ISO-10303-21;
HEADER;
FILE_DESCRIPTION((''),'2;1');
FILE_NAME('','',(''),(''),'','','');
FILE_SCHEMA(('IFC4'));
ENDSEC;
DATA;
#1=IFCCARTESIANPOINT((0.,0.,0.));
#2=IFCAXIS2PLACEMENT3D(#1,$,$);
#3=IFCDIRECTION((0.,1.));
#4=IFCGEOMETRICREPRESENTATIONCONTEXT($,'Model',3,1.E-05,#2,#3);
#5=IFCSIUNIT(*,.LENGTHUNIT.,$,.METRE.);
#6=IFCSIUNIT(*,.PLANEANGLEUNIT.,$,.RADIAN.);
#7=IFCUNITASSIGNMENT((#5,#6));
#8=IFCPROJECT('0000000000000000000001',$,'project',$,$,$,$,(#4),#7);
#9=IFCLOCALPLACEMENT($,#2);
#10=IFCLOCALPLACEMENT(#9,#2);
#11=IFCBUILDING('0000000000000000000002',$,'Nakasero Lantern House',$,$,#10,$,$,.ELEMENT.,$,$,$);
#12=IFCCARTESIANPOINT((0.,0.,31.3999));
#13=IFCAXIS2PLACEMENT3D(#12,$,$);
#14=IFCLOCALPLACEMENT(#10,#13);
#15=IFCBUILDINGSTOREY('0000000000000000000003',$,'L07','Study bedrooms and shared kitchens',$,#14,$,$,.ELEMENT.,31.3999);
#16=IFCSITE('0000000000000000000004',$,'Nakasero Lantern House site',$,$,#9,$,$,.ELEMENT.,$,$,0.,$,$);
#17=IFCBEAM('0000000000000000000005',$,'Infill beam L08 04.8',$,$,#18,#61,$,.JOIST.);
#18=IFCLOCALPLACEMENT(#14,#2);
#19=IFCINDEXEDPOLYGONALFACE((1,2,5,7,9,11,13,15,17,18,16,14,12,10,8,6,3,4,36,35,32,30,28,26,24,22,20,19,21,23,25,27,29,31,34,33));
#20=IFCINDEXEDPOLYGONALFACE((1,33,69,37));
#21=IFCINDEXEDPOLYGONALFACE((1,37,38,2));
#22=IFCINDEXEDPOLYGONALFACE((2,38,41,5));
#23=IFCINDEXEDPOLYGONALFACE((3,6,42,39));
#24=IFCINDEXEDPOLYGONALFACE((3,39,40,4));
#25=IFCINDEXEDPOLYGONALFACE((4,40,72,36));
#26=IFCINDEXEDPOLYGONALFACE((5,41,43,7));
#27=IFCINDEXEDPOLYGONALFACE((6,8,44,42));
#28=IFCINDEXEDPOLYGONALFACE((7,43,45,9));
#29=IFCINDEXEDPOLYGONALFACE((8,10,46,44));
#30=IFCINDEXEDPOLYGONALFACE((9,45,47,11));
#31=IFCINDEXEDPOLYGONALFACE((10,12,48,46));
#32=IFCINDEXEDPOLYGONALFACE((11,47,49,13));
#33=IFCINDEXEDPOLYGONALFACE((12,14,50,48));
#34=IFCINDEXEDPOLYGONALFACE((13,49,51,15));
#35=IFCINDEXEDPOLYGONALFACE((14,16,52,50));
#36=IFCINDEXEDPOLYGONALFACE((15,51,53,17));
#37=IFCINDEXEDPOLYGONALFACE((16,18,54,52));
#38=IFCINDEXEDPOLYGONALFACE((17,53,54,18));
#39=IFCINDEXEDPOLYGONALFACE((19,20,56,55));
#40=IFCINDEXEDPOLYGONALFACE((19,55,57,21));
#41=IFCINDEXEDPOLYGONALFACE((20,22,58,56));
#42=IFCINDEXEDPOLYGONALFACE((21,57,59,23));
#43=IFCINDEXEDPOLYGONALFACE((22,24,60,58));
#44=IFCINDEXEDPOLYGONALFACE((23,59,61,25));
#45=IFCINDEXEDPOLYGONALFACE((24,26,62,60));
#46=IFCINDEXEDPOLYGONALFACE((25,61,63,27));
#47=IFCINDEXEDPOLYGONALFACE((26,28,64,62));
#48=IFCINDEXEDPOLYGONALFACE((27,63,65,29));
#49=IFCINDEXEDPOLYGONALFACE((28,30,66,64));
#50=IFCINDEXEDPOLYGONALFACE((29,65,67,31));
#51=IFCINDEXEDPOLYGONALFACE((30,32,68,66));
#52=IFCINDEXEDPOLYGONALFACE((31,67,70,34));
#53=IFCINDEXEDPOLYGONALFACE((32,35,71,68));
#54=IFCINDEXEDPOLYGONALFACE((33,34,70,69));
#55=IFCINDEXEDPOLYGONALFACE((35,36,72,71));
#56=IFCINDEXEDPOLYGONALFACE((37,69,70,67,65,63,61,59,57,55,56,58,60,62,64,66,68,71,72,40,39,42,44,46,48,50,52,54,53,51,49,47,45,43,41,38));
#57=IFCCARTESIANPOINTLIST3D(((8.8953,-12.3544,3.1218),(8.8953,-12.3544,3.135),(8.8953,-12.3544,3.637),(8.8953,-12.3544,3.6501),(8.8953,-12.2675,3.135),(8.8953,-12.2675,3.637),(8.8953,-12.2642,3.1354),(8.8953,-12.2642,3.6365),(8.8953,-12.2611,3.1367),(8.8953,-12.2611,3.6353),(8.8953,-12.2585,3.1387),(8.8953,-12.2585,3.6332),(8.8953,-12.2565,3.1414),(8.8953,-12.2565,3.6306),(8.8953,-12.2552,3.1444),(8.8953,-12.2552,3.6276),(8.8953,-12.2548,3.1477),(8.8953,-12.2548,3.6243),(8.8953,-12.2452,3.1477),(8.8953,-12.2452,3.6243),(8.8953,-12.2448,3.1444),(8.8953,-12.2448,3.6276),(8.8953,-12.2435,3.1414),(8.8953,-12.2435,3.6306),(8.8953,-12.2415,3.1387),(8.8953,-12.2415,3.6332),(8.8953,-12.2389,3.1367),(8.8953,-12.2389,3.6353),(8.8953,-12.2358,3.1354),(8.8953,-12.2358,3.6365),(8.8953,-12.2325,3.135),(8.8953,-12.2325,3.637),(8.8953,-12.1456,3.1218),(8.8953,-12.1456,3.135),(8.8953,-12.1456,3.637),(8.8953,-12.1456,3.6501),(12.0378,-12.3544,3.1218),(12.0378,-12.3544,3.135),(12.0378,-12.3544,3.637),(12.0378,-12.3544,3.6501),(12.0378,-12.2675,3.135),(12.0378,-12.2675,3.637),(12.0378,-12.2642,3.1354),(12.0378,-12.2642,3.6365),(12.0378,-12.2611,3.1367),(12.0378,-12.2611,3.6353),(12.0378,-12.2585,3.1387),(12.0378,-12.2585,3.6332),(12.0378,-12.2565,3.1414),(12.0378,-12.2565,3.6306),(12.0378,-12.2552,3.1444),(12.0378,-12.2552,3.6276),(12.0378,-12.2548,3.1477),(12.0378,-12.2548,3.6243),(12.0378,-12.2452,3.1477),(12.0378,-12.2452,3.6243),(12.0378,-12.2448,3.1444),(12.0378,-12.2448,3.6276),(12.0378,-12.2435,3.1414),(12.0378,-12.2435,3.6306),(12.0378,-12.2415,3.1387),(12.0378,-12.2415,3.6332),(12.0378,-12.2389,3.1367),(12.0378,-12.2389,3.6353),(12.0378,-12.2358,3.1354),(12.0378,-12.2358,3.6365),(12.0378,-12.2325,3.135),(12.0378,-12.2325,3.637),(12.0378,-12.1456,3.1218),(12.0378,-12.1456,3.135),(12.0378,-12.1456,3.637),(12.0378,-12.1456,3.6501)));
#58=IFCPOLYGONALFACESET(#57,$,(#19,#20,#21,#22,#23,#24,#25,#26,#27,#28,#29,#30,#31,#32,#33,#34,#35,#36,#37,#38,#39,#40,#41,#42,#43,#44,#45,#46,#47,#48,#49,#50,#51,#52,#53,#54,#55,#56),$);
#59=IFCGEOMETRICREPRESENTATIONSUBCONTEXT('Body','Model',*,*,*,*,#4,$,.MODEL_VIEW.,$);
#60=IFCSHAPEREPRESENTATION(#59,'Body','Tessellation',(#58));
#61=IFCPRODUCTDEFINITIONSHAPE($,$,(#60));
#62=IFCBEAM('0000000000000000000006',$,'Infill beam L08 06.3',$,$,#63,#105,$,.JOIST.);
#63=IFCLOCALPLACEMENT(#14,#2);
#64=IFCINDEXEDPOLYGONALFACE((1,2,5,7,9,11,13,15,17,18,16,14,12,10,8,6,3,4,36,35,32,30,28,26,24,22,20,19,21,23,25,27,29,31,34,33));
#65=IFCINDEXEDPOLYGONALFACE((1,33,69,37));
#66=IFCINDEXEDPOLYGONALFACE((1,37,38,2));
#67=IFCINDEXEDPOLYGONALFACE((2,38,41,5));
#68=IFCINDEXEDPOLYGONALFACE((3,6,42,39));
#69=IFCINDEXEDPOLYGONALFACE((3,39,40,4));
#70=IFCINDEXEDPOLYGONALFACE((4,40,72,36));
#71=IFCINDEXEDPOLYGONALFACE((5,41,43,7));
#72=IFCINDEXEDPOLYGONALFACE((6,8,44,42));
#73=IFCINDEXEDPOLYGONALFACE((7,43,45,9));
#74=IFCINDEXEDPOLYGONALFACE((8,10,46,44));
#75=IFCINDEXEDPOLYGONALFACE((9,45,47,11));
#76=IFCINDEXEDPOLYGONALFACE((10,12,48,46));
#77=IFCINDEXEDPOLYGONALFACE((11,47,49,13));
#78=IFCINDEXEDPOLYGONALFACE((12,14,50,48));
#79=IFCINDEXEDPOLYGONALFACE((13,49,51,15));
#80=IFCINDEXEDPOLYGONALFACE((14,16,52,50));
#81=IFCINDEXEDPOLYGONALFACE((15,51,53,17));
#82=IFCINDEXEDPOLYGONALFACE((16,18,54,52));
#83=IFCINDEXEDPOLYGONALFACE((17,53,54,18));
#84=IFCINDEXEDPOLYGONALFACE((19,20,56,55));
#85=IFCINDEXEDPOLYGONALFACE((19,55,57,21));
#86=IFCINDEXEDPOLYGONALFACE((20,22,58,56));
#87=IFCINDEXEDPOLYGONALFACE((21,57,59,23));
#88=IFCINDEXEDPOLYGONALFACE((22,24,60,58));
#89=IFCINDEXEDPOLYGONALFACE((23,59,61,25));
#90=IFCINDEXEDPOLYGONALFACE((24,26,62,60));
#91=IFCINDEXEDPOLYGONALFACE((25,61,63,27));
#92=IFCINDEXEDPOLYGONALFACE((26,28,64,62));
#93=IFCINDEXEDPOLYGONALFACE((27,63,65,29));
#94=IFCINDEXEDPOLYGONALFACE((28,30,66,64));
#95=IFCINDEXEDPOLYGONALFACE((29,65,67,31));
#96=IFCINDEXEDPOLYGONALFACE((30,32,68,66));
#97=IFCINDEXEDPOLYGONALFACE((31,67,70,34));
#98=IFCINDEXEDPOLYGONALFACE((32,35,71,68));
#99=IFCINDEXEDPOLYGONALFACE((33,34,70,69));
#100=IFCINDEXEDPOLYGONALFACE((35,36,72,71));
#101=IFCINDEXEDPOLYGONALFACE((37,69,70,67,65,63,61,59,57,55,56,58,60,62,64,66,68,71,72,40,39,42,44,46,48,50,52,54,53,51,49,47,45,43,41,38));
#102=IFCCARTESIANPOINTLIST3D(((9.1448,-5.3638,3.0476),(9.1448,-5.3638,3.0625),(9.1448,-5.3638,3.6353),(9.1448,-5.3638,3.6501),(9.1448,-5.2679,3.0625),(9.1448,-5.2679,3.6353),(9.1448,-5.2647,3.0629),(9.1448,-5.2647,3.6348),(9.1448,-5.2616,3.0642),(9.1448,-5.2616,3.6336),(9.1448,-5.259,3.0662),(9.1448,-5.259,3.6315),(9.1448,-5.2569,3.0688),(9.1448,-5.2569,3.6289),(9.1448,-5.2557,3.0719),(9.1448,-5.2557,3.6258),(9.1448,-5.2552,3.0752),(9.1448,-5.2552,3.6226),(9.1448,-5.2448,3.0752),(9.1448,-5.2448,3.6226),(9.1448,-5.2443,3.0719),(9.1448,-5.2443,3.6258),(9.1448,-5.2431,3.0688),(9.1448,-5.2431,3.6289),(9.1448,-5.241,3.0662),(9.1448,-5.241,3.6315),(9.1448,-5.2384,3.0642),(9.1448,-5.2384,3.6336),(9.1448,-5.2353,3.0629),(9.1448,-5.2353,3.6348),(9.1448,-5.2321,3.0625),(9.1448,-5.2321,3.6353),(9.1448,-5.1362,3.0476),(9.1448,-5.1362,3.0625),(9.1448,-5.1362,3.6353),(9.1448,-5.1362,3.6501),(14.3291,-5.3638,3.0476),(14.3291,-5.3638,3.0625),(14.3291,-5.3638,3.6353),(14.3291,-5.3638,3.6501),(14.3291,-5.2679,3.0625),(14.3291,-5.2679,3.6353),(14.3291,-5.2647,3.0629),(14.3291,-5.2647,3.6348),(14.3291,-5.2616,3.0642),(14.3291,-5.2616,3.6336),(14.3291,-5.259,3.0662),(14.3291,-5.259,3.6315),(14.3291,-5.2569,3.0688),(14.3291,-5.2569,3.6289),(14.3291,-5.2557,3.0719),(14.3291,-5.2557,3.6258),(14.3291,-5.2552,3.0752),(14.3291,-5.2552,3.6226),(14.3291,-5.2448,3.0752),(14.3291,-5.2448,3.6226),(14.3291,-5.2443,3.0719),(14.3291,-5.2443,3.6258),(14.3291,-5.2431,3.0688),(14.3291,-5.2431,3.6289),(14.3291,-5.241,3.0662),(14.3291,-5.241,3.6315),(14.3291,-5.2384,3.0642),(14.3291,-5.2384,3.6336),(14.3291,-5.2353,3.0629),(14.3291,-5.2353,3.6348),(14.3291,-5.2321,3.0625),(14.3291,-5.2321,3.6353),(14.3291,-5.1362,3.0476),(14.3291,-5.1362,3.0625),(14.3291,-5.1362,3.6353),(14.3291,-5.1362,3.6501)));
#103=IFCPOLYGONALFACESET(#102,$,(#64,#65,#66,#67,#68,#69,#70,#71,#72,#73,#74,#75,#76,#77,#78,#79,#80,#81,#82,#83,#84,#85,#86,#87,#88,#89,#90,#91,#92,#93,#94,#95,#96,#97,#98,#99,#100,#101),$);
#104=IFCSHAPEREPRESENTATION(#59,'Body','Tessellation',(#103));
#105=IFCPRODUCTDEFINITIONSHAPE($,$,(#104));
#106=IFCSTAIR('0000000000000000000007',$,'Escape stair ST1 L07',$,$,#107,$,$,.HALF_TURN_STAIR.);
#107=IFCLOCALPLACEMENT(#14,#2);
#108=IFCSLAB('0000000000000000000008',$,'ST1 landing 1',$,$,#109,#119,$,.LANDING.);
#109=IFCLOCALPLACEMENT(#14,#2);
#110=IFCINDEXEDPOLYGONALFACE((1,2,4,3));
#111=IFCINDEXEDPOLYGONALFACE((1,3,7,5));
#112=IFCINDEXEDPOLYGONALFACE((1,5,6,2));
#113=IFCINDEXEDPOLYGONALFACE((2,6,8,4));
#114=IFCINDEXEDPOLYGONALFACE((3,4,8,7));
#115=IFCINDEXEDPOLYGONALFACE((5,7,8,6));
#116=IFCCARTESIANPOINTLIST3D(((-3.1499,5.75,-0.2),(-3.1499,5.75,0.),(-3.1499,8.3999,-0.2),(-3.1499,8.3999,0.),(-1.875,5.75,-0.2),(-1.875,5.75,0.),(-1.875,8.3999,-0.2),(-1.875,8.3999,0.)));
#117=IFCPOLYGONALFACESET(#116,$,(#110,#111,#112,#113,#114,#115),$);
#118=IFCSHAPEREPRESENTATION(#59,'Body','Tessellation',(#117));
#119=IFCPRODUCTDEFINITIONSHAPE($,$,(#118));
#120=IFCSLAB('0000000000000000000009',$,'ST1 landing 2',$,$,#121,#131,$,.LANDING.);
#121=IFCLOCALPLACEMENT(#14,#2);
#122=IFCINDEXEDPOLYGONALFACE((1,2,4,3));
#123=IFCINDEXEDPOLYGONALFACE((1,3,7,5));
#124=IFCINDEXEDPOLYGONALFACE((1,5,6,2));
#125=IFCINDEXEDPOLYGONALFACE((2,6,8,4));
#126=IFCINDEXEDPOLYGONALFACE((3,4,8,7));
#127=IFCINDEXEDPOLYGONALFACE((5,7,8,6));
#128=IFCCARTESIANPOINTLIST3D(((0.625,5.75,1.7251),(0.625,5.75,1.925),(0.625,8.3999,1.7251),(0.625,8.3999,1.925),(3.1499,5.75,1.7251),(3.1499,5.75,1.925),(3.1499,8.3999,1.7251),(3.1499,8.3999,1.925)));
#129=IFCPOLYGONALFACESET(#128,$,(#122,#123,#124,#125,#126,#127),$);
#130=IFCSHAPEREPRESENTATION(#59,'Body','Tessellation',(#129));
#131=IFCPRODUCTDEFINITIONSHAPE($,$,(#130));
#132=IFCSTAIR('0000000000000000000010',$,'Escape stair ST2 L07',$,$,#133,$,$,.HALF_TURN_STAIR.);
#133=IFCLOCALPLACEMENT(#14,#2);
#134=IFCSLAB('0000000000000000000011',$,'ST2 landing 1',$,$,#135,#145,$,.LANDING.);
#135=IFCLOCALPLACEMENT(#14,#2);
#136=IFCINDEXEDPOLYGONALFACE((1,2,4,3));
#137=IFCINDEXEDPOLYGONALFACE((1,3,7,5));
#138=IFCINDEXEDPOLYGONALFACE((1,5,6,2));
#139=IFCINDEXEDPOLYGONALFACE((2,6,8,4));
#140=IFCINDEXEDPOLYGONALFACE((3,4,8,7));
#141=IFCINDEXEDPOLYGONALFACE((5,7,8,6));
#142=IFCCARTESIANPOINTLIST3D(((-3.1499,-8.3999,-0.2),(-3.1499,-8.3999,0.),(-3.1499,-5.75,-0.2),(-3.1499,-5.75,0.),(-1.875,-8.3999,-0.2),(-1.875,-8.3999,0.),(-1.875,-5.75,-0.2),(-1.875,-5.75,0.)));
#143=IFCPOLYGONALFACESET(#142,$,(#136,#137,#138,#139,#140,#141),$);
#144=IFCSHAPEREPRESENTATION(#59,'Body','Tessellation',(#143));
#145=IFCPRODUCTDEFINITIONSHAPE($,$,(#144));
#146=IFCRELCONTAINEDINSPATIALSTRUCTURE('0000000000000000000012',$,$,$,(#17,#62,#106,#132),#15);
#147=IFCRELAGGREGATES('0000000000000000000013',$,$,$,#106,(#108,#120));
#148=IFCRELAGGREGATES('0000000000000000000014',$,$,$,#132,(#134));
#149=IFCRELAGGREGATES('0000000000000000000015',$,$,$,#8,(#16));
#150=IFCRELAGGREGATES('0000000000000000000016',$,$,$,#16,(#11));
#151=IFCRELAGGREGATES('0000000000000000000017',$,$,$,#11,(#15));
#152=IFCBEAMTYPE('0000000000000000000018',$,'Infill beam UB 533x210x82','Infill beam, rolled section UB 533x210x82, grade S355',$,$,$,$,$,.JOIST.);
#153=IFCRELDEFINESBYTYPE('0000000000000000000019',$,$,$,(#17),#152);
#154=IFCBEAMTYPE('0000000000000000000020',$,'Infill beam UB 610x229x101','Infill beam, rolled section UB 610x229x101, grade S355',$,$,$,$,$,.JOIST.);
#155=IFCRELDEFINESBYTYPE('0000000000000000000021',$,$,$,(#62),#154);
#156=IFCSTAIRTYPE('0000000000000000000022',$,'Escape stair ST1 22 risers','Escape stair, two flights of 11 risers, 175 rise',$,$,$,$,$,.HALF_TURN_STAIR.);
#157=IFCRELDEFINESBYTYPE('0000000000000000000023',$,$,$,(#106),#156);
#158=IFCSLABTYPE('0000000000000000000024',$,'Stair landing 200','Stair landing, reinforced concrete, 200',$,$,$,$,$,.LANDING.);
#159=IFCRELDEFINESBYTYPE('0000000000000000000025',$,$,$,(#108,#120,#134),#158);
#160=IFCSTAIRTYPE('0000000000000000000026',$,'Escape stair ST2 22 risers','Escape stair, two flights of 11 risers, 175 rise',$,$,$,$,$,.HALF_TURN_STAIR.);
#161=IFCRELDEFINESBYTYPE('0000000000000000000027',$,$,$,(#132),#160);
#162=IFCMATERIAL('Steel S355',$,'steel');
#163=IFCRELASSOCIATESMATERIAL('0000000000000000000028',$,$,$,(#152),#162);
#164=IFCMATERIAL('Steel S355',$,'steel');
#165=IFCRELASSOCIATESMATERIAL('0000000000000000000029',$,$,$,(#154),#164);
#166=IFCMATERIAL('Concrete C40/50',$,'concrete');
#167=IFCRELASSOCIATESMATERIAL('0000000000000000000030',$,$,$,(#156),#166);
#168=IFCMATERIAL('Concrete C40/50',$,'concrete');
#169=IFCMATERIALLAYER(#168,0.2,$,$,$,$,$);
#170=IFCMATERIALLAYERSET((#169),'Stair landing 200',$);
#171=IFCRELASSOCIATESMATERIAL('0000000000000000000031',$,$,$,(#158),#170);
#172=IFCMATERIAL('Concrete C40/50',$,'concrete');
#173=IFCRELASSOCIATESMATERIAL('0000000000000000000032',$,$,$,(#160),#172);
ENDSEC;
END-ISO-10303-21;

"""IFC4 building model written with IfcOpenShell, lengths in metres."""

from ifc_helpers import new_model, si_unit, direction, frame, origin, origin_2d, place, context, subcontext, project, spatial, polyline, i_section, outline, extrude, material, layer, layer_set, material_profile, profile_set, type_object, element, aggregate, save


model = new_model("IFC4")

# Units and contexts
model_context = context("Model", 3, precision=1e-05, world=origin(), true_north=direction((0.0, 1.0)))
body_context = subcontext(model_context, "Body", "Model", "MODEL_VIEW")
ifc_project = project(units=[si_unit("LENGTHUNIT", "METRE"), si_unit("PLANEANGLEUNIT", "RADIAN")], contexts=[model_context])

# Site, building, storey
site_placement = place(None, origin())
site = spatial("IfcSite", under=ifc_project, at=site_placement, Name="Nakasero Lantern House site", CompositionType="ELEMENT", RefElevation=0.0)
building_placement = place(site_placement, origin())
building = spatial("IfcBuilding", under=site, at=building_placement, Name="Nakasero Lantern House", CompositionType="ELEMENT")
storey_placement = place(building_placement, frame((0.0, 0.0, 31.3999)))
storey = spatial("IfcBuildingStorey", under=building, at=storey_placement, Name="L07", Description="Study bedrooms and shared kitchens", CompositionType="ELEMENT", Elevation=31.3999)

# Beams
ifc_material_1 = material(Name="Steel S355", Category="steel")
ifc_material_profile_1 = material_profile(ifc_material_1, i_section(OverallWidth=0.2087, OverallDepth=0.5283, WebThickness=0.0095, FlangeThickness=0.0132, FilletRadius=0.0127, at=origin_2d()), Name="UB 533x210x82")
ifc_profile_set_1 = profile_set([ifc_material_profile_1], Name="Steel S355")
beam_type_1 = type_object("IfcBeamType", Name="Infill beam UB 533x210x82", Description="Infill beam, rolled section UB 533x210x82, grade S355", PredefinedType="JOIST", material=ifc_profile_set_1)
beam_1_placement = place(storey_placement, frame((8.8953, -12.25, 3.386), z_axis=(1.0, 0.0, 0.0), x_axis=(0.0, 1.0, 0.0)))
element("IfcBeam", 1, at=beam_1_placement, inside=storey, type_object=beam_type_1, Name="Infill beam L08 04.8", PredefinedType="JOIST", context=body_context, shape_type="SweptSolid", body=[
    extrude(i_section(OverallWidth=0.2087, OverallDepth=0.5283, WebThickness=0.0095, FlangeThickness=0.0132, FilletRadius=0.0127, at=origin_2d()), origin(), (0.0, 0.0, 1.0), 3.1426),
])
ifc_material_2 = material(Name="Steel S355", Category="steel")
ifc_material_profile_2 = material_profile(ifc_material_2, i_section(OverallWidth=0.2275, OverallDepth=0.6025, WebThickness=0.0105, FlangeThickness=0.0149, FilletRadius=0.0127, at=origin_2d()), Name="UB 610x229x101")
ifc_profile_set_2 = profile_set([ifc_material_profile_2], Name="Steel S355")
beam_type_2 = type_object("IfcBeamType", Name="Infill beam UB 610x229x101", Description="Infill beam, rolled section UB 610x229x101, grade S355", PredefinedType="JOIST", material=ifc_profile_set_2)
beam_2_placement = place(storey_placement, frame((9.1448, -5.25, 3.3489), z_axis=(1.0, 0.0, 0.0), x_axis=(0.0, 1.0, 0.0)))
element("IfcBeam", 2, at=beam_2_placement, inside=storey, type_object=beam_type_2, Name="Infill beam L08 06.3", PredefinedType="JOIST", context=body_context, shape_type="SweptSolid", body=[
    extrude(i_section(OverallWidth=0.2275, OverallDepth=0.6025, WebThickness=0.0105, FlangeThickness=0.0149, FilletRadius=0.0127, at=origin_2d()), origin(), (0.0, 0.0, 1.0), 5.1843),
])

# Stair, slabs
ifc_material_3 = material(Name="Concrete C40/50", Category="concrete")
stair_type_1 = type_object("IfcStairType", Name="Escape stair ST1 22 risers", Description="Escape stair, two flights of 11 risers, 175 rise", PredefinedType="HALF_TURN_STAIR", material=ifc_material_3)
stair_1_placement = place(storey_placement, origin())
stair_1 = element("IfcStair", 3, at=stair_1_placement, inside=storey, type_object=stair_type_1, Name="Escape stair ST1 L07", PredefinedType="HALF_TURN_STAIR")
ifc_material_4 = material(Name="Concrete C40/50", Category="concrete")
ifc_layer_1 = layer(ifc_material_4, 0.2)
ifc_layer_set_1 = layer_set([ifc_layer_1], Name="Stair landing 200")
slab_type = type_object("IfcSlabType", Name="Stair landing 200", Description="Stair landing, reinforced concrete, 200", PredefinedType="LANDING", material=ifc_layer_set_1)
slab_1_placement = place(storey_placement, frame((0.0, 0.0, -0.2)))
slab_1 = element("IfcSlab", 4, at=slab_1_placement, type_object=slab_type, Name="ST1 landing 1", PredefinedType="LANDING", context=body_context, shape_type="SweptSolid", body=[
    extrude(outline(polyline([(-3.1499, 5.75), (-1.875, 5.75), (-1.875, 8.3999), (-3.1499, 8.3999), (-3.1499, 5.75)])), origin(), (0.0, 0.0, 1.0), 0.2),
])
slab_2_placement = place(storey_placement, frame((0.0, 0.0, 1.7251)))
slab_2 = element("IfcSlab", 5, at=slab_2_placement, type_object=slab_type, Name="ST1 landing 2", PredefinedType="LANDING", context=body_context, shape_type="SweptSolid", body=[
    extrude(outline(polyline([(0.625, 5.75), (3.1499, 5.75), (3.1499, 8.3999), (0.625, 8.3999), (0.625, 5.75)])), origin(), (0.0, 0.0, 1.0), 0.2),
])
aggregate(stair_1, [slab_1, slab_2])

# Stair, slab
ifc_material_5 = material(Name="Concrete C40/50", Category="concrete")
stair_type_2 = type_object("IfcStairType", Name="Escape stair ST2 22 risers", Description="Escape stair, two flights of 11 risers, 175 rise", PredefinedType="HALF_TURN_STAIR", material=ifc_material_5)
stair_2_placement = place(storey_placement, origin())
stair_2 = element("IfcStair", 6, at=stair_2_placement, inside=storey, type_object=stair_type_2, Name="Escape stair ST2 L07", PredefinedType="HALF_TURN_STAIR")
slab_3_placement = place(storey_placement, frame((0.0, 0.0, -0.2)))
slab_3 = element("IfcSlab", 7, at=slab_3_placement, type_object=slab_type, Name="ST2 landing 1", PredefinedType="LANDING", context=body_context, shape_type="SweptSolid", body=[
    extrude(outline(polyline([(-3.1499, -8.3999), (-1.875, -8.3999), (-1.875, -5.75), (-3.1499, -5.75), (-3.1499, -8.3999)])), origin(), (0.0, 0.0, 1.0), 0.2),
])

aggregate(stair_2, [slab_3])

save(model, "model.ifc")
